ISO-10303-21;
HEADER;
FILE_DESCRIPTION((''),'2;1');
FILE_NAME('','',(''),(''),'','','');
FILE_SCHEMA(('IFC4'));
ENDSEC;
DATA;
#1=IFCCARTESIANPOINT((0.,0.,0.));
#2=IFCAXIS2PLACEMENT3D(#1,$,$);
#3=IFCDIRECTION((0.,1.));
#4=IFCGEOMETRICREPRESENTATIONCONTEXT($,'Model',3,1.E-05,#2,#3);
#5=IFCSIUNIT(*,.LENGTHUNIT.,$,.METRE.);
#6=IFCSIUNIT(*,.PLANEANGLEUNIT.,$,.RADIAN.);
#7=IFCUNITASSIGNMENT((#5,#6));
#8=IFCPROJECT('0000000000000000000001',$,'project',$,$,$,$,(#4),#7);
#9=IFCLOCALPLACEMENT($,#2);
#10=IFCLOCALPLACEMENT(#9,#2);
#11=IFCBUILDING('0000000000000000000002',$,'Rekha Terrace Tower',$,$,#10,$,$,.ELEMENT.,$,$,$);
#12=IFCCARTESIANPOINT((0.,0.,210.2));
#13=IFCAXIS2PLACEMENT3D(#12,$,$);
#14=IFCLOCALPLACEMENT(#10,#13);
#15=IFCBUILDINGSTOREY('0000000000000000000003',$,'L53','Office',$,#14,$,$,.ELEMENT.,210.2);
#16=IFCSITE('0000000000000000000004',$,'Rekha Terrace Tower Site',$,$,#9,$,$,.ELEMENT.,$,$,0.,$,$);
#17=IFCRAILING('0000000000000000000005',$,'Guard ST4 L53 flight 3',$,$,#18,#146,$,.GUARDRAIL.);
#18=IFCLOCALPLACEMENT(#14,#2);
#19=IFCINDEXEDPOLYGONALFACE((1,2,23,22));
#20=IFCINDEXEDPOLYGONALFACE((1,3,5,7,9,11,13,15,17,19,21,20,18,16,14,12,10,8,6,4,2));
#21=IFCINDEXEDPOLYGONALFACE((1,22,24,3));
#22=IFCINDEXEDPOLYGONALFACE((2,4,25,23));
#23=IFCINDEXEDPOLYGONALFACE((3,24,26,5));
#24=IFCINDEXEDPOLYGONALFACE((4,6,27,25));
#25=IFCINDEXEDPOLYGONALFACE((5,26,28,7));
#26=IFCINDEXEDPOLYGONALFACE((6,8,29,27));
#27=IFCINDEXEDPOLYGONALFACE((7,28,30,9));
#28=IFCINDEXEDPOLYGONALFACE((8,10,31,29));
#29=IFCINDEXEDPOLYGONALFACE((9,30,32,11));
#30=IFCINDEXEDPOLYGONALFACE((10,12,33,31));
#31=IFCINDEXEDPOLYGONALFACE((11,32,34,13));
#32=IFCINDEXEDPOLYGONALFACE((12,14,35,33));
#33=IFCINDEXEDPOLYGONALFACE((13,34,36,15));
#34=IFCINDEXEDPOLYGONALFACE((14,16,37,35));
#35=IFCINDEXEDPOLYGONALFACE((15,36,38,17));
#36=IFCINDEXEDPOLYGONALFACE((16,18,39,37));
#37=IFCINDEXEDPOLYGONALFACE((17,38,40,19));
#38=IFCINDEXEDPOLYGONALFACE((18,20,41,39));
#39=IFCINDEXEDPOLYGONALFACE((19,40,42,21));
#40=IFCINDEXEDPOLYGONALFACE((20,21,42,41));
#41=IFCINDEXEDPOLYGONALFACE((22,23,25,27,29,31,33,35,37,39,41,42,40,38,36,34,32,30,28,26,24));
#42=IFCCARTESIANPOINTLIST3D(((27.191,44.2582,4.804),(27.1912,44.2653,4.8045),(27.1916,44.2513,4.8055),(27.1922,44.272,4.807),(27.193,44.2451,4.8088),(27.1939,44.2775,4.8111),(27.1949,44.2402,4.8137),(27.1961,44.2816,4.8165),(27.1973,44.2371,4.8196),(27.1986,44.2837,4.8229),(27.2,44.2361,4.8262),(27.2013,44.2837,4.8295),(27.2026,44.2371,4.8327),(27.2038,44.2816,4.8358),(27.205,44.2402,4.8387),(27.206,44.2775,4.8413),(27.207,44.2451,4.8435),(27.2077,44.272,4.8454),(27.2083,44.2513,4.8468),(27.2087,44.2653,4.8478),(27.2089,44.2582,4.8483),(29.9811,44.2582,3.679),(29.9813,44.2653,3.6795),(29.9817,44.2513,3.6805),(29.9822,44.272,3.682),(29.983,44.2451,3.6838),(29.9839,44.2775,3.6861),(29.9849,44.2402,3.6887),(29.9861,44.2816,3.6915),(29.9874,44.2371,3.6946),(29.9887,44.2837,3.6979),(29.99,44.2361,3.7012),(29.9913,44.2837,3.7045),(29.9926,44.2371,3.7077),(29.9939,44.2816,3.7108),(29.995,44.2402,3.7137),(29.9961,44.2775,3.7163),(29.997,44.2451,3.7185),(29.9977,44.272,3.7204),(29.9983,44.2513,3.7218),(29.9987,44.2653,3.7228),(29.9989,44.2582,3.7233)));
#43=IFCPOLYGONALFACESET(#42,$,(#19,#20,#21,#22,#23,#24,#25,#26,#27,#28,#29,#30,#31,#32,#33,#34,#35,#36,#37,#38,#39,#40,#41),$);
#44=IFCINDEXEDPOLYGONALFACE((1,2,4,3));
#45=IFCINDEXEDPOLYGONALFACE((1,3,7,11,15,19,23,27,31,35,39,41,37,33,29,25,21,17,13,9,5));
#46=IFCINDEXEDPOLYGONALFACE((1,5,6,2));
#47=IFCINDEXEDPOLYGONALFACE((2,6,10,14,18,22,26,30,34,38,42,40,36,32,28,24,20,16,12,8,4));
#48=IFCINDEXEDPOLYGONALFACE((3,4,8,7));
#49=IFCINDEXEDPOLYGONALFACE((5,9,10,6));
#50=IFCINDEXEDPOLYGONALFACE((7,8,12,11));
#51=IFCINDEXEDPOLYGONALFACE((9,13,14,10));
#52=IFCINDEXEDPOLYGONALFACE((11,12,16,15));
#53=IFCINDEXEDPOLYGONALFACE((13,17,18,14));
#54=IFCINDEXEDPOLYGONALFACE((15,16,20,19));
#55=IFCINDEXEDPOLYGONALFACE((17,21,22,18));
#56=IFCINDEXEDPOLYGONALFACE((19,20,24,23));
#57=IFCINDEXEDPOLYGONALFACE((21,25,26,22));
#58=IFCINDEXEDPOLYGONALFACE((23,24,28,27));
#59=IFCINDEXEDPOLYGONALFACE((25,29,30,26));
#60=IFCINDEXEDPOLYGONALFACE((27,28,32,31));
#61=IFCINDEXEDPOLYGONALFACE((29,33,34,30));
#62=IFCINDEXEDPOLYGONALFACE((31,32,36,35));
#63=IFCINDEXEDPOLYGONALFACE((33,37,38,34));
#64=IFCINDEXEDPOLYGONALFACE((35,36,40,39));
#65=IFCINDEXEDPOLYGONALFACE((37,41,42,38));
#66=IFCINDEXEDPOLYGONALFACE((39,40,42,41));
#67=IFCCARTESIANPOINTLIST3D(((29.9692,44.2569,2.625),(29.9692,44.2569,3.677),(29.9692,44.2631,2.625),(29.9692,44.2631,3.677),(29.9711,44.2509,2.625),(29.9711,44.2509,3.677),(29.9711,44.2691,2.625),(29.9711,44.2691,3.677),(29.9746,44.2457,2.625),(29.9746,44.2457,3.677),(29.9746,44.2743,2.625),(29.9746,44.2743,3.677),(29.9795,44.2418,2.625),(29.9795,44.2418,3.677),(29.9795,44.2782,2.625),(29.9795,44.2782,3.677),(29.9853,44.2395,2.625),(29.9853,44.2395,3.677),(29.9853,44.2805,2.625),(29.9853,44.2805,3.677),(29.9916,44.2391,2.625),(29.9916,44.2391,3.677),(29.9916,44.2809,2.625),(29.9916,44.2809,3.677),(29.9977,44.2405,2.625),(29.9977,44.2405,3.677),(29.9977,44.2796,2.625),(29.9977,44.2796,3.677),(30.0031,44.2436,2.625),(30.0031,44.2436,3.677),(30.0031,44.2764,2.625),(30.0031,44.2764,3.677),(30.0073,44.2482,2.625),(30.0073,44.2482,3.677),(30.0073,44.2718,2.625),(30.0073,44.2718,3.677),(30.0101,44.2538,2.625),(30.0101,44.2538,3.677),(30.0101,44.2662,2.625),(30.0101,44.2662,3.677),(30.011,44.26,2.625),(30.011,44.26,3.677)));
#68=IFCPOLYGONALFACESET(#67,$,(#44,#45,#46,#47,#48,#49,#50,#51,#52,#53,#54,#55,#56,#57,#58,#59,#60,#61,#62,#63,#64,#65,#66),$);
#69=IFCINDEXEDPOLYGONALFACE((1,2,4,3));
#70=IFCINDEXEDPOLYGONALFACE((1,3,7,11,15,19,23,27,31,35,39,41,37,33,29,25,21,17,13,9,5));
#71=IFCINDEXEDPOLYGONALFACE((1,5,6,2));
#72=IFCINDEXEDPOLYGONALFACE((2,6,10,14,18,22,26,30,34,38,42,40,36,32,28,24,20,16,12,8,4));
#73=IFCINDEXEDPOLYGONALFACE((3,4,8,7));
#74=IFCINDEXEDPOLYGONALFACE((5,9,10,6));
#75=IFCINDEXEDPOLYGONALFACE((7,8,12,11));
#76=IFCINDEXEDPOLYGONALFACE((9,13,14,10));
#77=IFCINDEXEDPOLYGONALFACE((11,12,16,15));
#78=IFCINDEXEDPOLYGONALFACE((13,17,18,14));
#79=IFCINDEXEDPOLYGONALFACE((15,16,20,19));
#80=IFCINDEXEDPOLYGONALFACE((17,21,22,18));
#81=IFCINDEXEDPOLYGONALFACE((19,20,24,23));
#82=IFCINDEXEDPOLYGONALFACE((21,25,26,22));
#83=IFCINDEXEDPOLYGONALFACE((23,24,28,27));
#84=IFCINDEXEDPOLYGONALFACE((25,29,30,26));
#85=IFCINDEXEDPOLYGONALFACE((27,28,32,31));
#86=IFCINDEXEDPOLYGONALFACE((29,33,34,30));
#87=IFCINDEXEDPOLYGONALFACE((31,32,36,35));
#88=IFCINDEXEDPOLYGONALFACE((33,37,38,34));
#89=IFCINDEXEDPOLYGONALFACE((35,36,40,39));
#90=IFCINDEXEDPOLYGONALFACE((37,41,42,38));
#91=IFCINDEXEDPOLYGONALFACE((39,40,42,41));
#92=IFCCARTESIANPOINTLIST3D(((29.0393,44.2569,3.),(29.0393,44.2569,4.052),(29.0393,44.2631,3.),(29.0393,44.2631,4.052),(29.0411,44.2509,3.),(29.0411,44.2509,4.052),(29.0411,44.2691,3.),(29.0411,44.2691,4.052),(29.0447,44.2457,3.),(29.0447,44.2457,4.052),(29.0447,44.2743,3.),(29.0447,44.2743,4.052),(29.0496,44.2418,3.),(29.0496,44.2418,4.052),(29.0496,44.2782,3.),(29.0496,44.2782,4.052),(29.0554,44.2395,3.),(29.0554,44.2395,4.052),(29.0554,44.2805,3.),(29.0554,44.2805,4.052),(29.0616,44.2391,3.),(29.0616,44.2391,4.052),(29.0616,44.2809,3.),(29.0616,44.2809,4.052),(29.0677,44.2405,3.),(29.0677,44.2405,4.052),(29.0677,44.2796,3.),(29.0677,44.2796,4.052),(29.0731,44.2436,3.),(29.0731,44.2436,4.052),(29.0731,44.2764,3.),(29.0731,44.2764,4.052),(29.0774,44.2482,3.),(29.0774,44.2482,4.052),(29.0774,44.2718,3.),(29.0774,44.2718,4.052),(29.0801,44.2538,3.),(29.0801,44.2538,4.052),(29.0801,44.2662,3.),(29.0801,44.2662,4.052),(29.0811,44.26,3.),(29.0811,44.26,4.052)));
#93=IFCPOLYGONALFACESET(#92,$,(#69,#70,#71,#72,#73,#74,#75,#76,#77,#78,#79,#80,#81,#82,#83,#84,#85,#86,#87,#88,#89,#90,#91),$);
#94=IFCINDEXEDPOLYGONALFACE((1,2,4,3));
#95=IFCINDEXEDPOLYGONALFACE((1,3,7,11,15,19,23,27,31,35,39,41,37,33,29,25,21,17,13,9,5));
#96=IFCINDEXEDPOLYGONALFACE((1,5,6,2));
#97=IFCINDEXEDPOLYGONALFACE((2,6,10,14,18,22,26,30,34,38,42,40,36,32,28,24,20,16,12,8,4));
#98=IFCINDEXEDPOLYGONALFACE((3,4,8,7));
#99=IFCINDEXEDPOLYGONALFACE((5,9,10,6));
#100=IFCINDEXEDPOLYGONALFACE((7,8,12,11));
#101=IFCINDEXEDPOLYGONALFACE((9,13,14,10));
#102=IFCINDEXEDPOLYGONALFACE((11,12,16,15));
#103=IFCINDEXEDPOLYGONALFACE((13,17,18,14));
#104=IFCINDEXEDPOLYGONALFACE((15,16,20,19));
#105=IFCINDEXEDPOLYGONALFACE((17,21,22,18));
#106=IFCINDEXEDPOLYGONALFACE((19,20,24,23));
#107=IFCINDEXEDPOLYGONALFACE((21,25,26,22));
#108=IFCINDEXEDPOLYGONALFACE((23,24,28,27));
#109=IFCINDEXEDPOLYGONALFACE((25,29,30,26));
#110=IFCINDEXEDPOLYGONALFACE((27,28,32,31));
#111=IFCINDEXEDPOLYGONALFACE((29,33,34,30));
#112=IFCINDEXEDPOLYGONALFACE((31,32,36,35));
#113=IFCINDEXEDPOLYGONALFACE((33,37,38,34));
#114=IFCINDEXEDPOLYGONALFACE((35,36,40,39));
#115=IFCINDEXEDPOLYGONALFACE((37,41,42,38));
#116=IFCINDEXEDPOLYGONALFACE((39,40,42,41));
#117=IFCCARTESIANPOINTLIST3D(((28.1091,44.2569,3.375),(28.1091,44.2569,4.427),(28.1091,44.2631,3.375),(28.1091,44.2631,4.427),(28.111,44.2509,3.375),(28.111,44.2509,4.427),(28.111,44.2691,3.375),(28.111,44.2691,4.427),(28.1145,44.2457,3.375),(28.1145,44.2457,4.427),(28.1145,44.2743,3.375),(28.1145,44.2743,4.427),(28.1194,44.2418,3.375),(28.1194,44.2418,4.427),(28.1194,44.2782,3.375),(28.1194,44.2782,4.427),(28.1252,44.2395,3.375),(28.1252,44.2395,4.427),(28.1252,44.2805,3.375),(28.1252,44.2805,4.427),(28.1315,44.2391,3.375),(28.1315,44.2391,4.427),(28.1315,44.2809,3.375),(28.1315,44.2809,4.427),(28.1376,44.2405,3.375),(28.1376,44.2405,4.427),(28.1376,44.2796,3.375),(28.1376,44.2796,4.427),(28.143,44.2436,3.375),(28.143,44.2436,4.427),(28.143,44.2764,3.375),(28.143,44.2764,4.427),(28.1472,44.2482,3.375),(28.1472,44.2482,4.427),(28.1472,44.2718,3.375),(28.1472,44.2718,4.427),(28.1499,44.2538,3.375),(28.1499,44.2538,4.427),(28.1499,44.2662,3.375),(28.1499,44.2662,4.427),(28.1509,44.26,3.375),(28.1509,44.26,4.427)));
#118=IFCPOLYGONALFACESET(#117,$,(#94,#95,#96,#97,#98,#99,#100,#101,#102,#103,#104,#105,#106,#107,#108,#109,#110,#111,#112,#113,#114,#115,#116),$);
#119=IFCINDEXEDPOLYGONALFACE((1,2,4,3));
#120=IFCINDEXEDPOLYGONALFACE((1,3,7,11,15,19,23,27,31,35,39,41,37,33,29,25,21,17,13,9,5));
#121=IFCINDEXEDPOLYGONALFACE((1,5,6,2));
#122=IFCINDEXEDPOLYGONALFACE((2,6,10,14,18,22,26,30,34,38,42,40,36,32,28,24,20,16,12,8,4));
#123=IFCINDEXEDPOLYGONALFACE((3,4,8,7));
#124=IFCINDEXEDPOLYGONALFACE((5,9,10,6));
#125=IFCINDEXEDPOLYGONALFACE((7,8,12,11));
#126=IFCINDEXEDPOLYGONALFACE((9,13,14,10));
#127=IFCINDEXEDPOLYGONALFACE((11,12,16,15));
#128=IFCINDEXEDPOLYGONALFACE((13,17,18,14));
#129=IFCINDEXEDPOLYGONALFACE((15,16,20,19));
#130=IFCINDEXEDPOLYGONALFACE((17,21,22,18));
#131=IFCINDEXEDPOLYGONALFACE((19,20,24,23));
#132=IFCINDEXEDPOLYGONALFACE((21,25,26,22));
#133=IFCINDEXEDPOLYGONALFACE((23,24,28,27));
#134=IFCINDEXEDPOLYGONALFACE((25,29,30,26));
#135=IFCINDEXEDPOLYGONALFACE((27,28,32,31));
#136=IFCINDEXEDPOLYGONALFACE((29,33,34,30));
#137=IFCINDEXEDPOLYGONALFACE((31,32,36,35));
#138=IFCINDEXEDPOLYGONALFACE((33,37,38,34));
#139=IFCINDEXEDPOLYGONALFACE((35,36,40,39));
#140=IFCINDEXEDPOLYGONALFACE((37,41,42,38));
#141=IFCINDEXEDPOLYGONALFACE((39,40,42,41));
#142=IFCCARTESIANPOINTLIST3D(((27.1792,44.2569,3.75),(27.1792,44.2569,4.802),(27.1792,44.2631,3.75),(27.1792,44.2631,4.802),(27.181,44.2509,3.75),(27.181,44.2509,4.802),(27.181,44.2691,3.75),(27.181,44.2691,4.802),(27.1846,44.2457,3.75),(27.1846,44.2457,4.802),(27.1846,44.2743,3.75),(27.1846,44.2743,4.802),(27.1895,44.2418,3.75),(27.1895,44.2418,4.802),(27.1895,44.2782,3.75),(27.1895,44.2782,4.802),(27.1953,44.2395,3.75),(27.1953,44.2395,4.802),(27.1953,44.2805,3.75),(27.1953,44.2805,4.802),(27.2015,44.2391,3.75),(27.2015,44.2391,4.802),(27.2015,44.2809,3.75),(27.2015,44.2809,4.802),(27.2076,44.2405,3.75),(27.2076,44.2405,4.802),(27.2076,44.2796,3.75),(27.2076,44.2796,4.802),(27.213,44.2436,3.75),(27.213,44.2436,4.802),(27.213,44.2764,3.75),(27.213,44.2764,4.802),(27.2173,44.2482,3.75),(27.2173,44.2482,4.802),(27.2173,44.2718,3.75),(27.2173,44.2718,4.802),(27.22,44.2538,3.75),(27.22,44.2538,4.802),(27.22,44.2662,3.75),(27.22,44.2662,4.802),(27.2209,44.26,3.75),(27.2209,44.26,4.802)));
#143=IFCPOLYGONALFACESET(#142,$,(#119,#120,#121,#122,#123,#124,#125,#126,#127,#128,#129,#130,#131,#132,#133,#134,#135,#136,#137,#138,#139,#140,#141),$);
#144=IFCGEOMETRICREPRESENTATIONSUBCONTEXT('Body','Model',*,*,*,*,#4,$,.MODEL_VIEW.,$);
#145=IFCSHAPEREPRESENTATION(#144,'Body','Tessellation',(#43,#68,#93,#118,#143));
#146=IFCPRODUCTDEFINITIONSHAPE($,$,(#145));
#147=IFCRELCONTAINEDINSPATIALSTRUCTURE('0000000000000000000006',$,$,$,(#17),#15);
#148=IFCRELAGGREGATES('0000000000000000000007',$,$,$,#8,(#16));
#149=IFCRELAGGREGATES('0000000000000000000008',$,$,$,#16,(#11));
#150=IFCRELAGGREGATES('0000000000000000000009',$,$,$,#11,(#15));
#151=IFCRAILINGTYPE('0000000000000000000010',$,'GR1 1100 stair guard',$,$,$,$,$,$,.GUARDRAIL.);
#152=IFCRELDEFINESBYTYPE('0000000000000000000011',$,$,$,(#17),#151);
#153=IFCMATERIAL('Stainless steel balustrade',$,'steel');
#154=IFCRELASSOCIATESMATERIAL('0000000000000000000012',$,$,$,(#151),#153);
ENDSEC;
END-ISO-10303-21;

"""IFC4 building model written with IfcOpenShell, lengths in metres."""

from ifc_helpers import new_model, si_unit, direction, frame, origin, origin_2d, place, context, subcontext, project, spatial, circle, extrude, material, type_object, element, save


model = new_model("IFC4")

# Units and contexts
model_context = context("Model", 3, precision=1e-05, world=origin(), true_north=direction((0.0, 1.0)))
body_context = subcontext(model_context, "Body", "Model", "MODEL_VIEW")
ifc_project = project(units=[si_unit("LENGTHUNIT", "METRE"), si_unit("PLANEANGLEUNIT", "RADIAN")], contexts=[model_context])

# Site, building, storey
site_placement = place(None, origin())
site = spatial("IfcSite", under=ifc_project, at=site_placement, Name="Rekha Terrace Tower Site", CompositionType="ELEMENT", RefElevation=0.0)
building_placement = place(site_placement, origin())
building = spatial("IfcBuilding", under=site, at=building_placement, Name="Rekha Terrace Tower", CompositionType="ELEMENT")
storey_placement = place(building_placement, frame((0.0, 0.0, 210.2)))
storey = spatial("IfcBuildingStorey", under=building, at=storey_placement, Name="L53", Description="Office", CompositionType="ELEMENT", Elevation=210.2)

# Railing
ifc_material_1 = material(Name="Stainless steel balustrade", Category="steel")
railing_type_1 = type_object("IfcRailingType", Name="GR1 1100 stair guard", PredefinedType="GUARDRAIL", material=ifc_material_1)
railing_1_placement = place(storey_placement, frame((29.99, 44.26, 2.625)))
element("IfcRailing", 1, at=railing_1_placement, inside=storey, type_object=railing_type_1, Name="Guard ST4 L53 flight 3", PredefinedType="GUARDRAIL", context=body_context, shape_type="SweptSolid", body=[
    extrude(circle(Radius=0.0239, at=origin_2d()), frame((0.0, 0.0, 1.0762), z_axis=(-0.927443, 0.0, 0.373964), x_axis=(0.0, -1.0, 0.0)), (0.0, 0.0, 1.0), 3.0083),
    extrude(circle(Radius=0.021, at=origin_2d()), origin(), (0.0, 0.0, 1.0), 1.052),
    extrude(circle(Radius=0.021, at=origin_2d()), frame((-0.9299, 0.0, 0.375)), (0.0, 0.0, 1.0), 1.052),
    extrude(circle(Radius=0.021, at=origin_2d()), frame((-1.8601, 0.0, 0.75)), (0.0, 0.0, 1.0), 1.052),
    extrude(circle(Radius=0.021, at=origin_2d()), frame((-2.79, 0.0, 1.125)), (0.0, 0.0, 1.0), 1.052),
])

save(model, "model.ifc")
